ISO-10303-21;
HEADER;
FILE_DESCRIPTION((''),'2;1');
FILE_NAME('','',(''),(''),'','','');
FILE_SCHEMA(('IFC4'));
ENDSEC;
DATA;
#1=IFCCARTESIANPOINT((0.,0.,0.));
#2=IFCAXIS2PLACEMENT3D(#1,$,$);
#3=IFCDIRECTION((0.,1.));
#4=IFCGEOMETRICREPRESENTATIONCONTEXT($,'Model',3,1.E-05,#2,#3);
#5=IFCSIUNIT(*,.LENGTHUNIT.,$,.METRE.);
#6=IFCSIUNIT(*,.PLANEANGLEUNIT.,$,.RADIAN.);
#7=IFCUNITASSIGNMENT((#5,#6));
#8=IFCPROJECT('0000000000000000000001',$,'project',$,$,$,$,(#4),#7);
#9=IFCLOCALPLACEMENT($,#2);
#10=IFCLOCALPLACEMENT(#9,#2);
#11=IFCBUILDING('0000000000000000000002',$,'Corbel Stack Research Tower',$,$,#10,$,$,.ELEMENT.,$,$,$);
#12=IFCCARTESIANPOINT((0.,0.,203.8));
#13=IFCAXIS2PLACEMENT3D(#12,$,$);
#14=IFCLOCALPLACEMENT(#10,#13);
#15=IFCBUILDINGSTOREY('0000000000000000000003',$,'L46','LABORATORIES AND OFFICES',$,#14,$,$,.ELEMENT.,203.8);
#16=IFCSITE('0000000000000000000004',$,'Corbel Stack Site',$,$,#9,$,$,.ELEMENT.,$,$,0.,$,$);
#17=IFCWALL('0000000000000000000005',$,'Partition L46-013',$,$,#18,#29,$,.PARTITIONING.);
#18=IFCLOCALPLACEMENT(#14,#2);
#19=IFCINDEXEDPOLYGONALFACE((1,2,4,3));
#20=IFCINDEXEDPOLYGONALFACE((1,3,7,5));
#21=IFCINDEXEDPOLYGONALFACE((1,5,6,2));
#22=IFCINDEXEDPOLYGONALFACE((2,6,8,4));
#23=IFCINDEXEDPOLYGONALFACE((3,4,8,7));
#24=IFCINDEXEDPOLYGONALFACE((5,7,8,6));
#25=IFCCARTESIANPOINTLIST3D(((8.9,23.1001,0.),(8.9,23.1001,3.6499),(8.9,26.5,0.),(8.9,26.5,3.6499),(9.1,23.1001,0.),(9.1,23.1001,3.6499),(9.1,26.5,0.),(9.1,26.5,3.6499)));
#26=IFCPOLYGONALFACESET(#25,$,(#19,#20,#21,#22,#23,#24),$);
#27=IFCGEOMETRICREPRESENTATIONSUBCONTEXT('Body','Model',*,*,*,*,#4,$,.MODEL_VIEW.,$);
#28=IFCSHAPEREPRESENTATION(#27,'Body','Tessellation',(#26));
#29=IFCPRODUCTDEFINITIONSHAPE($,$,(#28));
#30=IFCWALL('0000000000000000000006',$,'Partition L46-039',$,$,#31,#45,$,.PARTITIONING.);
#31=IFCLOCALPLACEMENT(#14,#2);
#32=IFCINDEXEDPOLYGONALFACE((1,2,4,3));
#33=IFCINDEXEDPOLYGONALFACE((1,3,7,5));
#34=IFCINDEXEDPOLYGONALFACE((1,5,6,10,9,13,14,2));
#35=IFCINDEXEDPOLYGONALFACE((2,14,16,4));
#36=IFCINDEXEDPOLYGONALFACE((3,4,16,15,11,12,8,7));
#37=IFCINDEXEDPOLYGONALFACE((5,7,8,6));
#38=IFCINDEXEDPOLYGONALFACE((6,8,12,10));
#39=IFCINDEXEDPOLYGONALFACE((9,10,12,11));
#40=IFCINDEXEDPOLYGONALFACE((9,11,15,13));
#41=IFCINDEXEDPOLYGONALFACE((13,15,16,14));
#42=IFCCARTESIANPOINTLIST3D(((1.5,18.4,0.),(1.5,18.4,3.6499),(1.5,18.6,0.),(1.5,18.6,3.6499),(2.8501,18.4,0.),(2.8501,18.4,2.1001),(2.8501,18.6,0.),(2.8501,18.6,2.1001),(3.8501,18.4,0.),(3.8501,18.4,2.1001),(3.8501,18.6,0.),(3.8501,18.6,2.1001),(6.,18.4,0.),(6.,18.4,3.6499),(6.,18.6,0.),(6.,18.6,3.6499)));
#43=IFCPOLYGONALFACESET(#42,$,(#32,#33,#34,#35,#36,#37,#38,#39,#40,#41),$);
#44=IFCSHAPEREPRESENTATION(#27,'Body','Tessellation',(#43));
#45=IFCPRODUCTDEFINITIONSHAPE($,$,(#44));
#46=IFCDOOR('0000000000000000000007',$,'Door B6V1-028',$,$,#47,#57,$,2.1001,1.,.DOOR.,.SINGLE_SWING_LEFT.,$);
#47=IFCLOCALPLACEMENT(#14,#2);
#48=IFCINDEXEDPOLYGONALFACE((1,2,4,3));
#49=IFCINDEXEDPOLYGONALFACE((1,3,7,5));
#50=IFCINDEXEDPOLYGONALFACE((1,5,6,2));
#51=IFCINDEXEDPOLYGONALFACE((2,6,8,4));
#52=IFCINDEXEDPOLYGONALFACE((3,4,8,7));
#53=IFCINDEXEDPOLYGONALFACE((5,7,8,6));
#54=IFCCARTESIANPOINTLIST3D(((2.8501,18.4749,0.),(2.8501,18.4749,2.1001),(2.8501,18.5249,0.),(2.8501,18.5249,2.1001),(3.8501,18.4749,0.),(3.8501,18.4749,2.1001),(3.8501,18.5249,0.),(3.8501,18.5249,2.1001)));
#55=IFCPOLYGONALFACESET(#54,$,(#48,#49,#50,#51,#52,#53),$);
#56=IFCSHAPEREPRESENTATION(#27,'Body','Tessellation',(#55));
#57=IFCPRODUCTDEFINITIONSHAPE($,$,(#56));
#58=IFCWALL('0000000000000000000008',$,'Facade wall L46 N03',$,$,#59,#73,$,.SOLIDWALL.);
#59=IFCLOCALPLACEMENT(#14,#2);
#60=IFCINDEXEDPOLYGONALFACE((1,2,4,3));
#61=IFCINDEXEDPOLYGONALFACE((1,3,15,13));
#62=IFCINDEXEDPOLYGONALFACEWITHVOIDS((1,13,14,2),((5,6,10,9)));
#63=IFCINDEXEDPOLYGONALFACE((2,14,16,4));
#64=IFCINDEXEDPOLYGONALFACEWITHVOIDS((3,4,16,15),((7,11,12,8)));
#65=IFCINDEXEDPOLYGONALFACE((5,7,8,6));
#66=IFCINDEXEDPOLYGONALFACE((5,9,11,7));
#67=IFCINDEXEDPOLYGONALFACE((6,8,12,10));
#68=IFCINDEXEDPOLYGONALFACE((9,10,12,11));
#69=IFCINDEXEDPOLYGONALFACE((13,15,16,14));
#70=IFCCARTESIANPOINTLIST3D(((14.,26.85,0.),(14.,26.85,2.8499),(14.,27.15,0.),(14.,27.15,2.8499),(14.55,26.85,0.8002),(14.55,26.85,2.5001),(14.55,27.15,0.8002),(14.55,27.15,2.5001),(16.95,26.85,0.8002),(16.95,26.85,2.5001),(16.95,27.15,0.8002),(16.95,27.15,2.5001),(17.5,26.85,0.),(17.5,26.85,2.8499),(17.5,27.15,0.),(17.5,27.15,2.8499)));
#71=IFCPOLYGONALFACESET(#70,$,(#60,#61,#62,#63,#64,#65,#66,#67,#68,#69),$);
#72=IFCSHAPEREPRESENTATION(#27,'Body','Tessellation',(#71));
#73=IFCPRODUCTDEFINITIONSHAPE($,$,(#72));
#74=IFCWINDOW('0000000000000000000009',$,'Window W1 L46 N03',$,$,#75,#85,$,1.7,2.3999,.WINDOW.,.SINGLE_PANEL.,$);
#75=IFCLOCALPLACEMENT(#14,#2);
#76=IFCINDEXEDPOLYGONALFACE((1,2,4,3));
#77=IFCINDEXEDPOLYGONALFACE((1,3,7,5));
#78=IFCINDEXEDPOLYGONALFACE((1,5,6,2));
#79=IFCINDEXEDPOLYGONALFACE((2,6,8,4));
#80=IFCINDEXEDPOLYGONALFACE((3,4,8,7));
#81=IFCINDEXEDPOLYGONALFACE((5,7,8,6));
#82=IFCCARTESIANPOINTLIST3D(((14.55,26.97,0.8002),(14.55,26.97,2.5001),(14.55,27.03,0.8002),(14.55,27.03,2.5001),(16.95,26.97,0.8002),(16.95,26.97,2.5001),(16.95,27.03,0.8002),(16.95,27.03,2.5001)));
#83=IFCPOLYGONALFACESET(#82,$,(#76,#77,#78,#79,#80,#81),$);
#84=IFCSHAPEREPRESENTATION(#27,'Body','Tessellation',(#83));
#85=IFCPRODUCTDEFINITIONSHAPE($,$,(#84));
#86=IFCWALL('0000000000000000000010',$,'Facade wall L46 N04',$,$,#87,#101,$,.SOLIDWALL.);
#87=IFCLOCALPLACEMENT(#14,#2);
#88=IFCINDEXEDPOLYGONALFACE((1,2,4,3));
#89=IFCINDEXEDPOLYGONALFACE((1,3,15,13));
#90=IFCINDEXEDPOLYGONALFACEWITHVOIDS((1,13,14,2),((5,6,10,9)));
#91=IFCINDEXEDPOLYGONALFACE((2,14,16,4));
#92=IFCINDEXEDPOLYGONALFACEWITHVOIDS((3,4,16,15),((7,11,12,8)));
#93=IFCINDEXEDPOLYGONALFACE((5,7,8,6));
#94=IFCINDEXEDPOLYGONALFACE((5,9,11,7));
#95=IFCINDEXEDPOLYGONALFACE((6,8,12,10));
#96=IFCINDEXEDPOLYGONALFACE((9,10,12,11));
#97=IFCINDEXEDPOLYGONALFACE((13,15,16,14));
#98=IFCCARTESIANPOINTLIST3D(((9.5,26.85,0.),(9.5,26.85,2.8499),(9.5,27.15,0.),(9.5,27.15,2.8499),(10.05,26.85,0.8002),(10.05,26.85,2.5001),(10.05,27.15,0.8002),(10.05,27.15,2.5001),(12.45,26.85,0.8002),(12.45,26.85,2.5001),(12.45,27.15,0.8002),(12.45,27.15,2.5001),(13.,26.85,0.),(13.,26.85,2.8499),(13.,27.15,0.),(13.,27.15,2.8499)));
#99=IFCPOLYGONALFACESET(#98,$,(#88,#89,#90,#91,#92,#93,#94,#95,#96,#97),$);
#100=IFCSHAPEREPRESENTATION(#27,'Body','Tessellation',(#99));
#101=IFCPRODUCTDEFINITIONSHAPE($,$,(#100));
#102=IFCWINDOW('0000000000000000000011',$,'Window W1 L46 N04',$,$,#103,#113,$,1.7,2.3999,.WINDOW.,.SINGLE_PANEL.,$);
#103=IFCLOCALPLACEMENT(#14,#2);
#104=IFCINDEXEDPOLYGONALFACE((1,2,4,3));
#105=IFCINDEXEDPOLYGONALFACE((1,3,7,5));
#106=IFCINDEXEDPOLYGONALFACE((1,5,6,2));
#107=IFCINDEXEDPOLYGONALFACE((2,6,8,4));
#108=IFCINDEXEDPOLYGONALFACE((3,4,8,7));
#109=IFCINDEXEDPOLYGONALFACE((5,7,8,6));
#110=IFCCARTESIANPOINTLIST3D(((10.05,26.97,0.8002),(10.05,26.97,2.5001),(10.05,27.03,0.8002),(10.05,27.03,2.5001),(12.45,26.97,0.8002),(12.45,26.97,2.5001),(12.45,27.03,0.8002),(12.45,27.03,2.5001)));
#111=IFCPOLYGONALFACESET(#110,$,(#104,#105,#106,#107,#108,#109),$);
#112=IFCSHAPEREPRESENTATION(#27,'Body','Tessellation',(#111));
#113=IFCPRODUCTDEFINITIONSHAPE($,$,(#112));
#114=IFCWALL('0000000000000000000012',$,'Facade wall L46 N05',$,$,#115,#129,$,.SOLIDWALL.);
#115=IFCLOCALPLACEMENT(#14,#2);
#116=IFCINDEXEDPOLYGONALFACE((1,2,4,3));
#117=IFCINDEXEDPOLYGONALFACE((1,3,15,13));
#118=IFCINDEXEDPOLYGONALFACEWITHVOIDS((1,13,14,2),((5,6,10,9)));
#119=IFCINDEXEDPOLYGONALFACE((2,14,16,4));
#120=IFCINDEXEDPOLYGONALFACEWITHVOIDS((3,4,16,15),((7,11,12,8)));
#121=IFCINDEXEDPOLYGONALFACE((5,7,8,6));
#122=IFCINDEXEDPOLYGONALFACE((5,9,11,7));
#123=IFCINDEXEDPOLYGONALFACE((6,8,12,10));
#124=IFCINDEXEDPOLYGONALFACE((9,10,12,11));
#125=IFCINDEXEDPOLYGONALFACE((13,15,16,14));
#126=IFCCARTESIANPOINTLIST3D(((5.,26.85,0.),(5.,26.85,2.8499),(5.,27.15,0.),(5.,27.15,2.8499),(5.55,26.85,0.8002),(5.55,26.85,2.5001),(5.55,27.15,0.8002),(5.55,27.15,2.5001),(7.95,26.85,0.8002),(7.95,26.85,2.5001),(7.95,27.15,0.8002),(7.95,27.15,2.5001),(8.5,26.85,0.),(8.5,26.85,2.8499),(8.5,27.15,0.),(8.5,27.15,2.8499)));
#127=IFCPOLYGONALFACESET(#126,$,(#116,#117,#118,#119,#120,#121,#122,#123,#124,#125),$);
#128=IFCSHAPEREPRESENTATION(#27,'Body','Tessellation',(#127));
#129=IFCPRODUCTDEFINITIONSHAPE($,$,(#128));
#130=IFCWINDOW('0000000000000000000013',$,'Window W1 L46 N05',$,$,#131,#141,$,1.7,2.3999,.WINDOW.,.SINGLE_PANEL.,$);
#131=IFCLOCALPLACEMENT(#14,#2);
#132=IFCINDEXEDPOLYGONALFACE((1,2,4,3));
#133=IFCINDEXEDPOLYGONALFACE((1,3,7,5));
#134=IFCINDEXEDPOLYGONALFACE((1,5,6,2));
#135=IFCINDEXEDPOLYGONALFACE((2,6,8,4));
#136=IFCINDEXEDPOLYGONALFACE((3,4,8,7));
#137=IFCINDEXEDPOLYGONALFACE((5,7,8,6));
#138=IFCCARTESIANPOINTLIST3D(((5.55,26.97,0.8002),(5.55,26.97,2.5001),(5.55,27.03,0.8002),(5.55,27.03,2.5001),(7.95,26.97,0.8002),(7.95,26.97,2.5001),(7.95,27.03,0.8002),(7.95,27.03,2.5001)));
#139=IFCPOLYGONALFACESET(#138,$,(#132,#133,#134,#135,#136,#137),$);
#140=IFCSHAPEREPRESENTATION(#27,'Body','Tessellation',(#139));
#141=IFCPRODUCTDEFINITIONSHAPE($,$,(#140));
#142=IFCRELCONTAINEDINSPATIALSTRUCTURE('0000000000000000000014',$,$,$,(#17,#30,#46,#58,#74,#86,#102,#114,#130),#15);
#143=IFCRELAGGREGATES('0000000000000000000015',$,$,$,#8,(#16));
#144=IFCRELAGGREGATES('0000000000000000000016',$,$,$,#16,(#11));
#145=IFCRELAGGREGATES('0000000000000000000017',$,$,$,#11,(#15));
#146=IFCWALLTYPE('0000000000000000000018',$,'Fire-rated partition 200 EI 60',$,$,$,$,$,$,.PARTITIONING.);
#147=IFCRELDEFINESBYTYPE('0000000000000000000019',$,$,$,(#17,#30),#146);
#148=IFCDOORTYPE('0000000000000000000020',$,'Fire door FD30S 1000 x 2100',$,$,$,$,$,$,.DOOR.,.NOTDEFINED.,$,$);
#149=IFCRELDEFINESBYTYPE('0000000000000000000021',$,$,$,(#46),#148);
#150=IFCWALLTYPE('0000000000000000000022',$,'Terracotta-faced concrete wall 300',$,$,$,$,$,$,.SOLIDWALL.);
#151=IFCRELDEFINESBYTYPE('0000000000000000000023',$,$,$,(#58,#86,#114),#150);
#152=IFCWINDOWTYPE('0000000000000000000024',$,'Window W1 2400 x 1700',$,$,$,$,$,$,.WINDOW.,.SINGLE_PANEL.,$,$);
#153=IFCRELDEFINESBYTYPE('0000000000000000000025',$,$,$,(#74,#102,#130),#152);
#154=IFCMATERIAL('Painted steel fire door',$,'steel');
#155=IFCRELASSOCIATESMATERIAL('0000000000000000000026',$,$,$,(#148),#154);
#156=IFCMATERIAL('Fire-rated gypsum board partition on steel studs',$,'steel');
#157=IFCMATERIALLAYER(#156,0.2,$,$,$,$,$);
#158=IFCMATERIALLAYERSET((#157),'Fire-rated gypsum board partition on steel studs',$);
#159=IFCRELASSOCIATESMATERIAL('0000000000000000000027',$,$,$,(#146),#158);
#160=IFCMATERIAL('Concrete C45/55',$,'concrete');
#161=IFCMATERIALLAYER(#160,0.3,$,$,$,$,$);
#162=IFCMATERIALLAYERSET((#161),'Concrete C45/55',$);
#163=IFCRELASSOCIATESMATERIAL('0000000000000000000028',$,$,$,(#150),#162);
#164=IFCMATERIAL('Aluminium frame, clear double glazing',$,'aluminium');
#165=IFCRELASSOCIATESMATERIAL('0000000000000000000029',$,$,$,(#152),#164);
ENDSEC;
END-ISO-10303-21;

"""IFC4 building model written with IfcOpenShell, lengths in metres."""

from ifc_helpers import new_model, si_unit, direction, frame, frame_2d, origin, place, context, subcontext, project, spatial, rectangle, extrude, material, layer, layer_set, type_object, element, fill, save


model = new_model("IFC4")

# Units and contexts
model_context = context("Model", 3, precision=1e-05, world=origin(), true_north=direction((0.0, 1.0)))
body_context = subcontext(model_context, "Body", "Model", "MODEL_VIEW")
ifc_project = project(units=[si_unit("LENGTHUNIT", "METRE"), si_unit("PLANEANGLEUNIT", "RADIAN")], contexts=[model_context])

# Site, building, storey
site_placement = place(None, origin())
site = spatial("IfcSite", under=ifc_project, at=site_placement, Name="Corbel Stack Site", CompositionType="ELEMENT", RefElevation=0.0)
building_placement = place(site_placement, origin())
building = spatial("IfcBuilding", under=site, at=building_placement, Name="Corbel Stack Research Tower", CompositionType="ELEMENT")
storey_placement = place(building_placement, frame((0.0, 0.0, 203.8)))
storey = spatial("IfcBuildingStorey", under=building, at=storey_placement, Name="L46", Description="LABORATORIES AND OFFICES", CompositionType="ELEMENT", Elevation=203.8)

# Shared definitions
ifc_material_1 = material(Name="Painted steel fire door", Category="steel")
door_type = type_object("IfcDoorType", Name="Fire door FD30S 1000 x 2100", OperationType="NOTDEFINED", PredefinedType="DOOR", material=ifc_material_1)
ifc_material_2 = material(Name="Fire-rated gypsum board partition on steel studs", Category="steel")
ifc_layer_1 = layer(ifc_material_2, 0.2)
ifc_layer_set_1 = layer_set([ifc_layer_1], Name="Fire-rated gypsum board partition on steel studs")
wall_type_1 = type_object("IfcWallType", Name="Fire-rated partition 200 EI 60", PredefinedType="PARTITIONING", material=ifc_layer_set_1)

# Wall
for number, where, z_axis, x_axis, name in (
    (1, (9.0, 23.1001, 0.0), (0.0, 0.0, 1.0), (0.0, 1.0, 0.0), "Partition L46-013"),
):
    element("IfcWall", number, at=place(storey_placement, frame(where, z_axis=z_axis, x_axis=x_axis)), inside=storey, type_object=wall_type_1, Name=name, PredefinedType="PARTITIONING", context=body_context, shape_type="SweptSolid", body=[
        extrude(rectangle(XDim=3.3999, YDim=0.2, at=frame_2d((1.7, 0.0))), origin(), (0.0, 0.0, 1.0), 3.6499),
    ])

# Wall, opening, door
wall_1_placement = place(storey_placement, frame((1.5, 18.5, 0.0), z_axis=(0.0, 0.0, 1.0), x_axis=(1.0, 0.0, 0.0)))
wall_1 = element("IfcWall", 2, at=wall_1_placement, inside=storey, type_object=wall_type_1, Name="Partition L46-039", PredefinedType="PARTITIONING", context=body_context, shape_type="SweptSolid", body=[
    extrude(rectangle(XDim=4.5, YDim=0.2, at=frame_2d((2.25, 0.0))), origin(), (0.0, 0.0, 1.0), 3.6499),
])
opening_1_placement = place(wall_1_placement, frame((1.3501, 0.0, 0.0)))
opening_1 = element("IfcOpeningElement", 3, at=opening_1_placement, cuts=wall_1, PredefinedType="OPENING", context=body_context, shape_type="SweptSolid", body=[
    extrude(rectangle(XDim=1.0, YDim=2.1001, at=frame_2d((0.5, 1.05))), frame((0.0, 0.1099, 0.0), z_axis=(0.0, -1.0, 0.0), x_axis=(1.0, 0.0, 0.0)), (0.0, 0.0, 1.0), 0.22),
])
door_1_placement = place(opening_1_placement, origin())
door_1 = element("IfcDoor", 4, at=door_1_placement, inside=storey, type_object=door_type, Name="Door B6V1-028", OperationType="SINGLE_SWING_LEFT", OverallHeight=2.1001, OverallWidth=1.0, PredefinedType="DOOR", context=body_context, shape_type="SweptSolid", body=[
    extrude(rectangle(XDim=1.0, YDim=2.1001, at=frame_2d((0.5, 1.05))), frame((0.0, 0.0249, 0.0), z_axis=(0.0, -1.0, 0.0), x_axis=(1.0, 0.0, 0.0)), (0.0, 0.0, 1.0), 0.05),
])
fill(opening_1, door_1)

# Walls, openings, windows
ifc_material_3 = material(Name="Concrete C45/55", Category="concrete")
ifc_layer_2 = layer(ifc_material_3, 0.3)
ifc_layer_set_2 = layer_set([ifc_layer_2], Name="Concrete C45/55")
wall_type_2 = type_object("IfcWallType", Name="Terracotta-faced concrete wall 300", PredefinedType="SOLIDWALL", material=ifc_layer_set_2)
wall_2_placement = place(storey_placement, frame((14.0, 27.0, 0.0), z_axis=(0.0, 0.0, 1.0), x_axis=(1.0, 0.0, 0.0)))
wall_2 = element("IfcWall", 5, at=wall_2_placement, inside=storey, type_object=wall_type_2, Name="Facade wall L46 N03", PredefinedType="SOLIDWALL", context=body_context, shape_type="SweptSolid", body=[
    extrude(rectangle(XDim=3.5, YDim=0.3, at=frame_2d((1.75, 0.0))), origin(), (0.0, 0.0, 1.0), 2.8499),
])
opening_2_placement = place(wall_2_placement, frame((0.55, 0.0, 0.8)))
opening_2 = element("IfcOpeningElement", 6, at=opening_2_placement, cuts=wall_2, PredefinedType="OPENING", context=body_context, shape_type="SweptSolid", body=[
    extrude(rectangle(XDim=2.3999, YDim=1.7, at=frame_2d((1.2, 0.8501))), frame((0.0, 0.1599, 0.0), z_axis=(0.0, -1.0, 0.0), x_axis=(1.0, 0.0, 0.0)), (0.0, 0.0, 1.0), 0.3201),
])
ifc_material_4 = material(Name="Aluminium frame, clear double glazing", Category="aluminium")
window_type = type_object("IfcWindowType", Name="Window W1 2400 x 1700", PartitioningType="SINGLE_PANEL", PredefinedType="WINDOW", material=ifc_material_4)
window_1_placement = place(opening_2_placement, origin())
window_1 = element("IfcWindow", 7, at=window_1_placement, inside=storey, type_object=window_type, Name="Window W1 L46 N03", OverallHeight=1.7, OverallWidth=2.3999, PartitioningType="SINGLE_PANEL", PredefinedType="WINDOW", context=body_context, shape_type="SweptSolid", body=[
    extrude(rectangle(XDim=2.3999, YDim=1.7, at=frame_2d((1.2, 0.8501))), frame((0.0, 0.03, 0.0), z_axis=(0.0, -1.0, 0.0), x_axis=(1.0, 0.0, 0.0)), (0.0, 0.0, 1.0), 0.0601),
])
fill(opening_2, window_1)
wall_3_placement = place(storey_placement, frame((9.5, 27.0, 0.0), z_axis=(0.0, 0.0, 1.0), x_axis=(1.0, 0.0, 0.0)))
wall_3 = element("IfcWall", 8, at=wall_3_placement, inside=storey, type_object=wall_type_2, Name="Facade wall L46 N04", PredefinedType="SOLIDWALL", context=body_context, shape_type="SweptSolid", body=[
    extrude(rectangle(XDim=3.5, YDim=0.3, at=frame_2d((1.75, 0.0))), origin(), (0.0, 0.0, 1.0), 2.8499),
])
opening_3_placement = place(wall_3_placement, frame((0.55, 0.0, 0.8)))
opening_3 = element("IfcOpeningElement", 9, at=opening_3_placement, cuts=wall_3, PredefinedType="OPENING", context=body_context, shape_type="SweptSolid", body=[
    extrude(rectangle(XDim=2.3999, YDim=1.7, at=frame_2d((1.2, 0.8501))), frame((0.0, 0.1599, 0.0), z_axis=(0.0, -1.0, 0.0), x_axis=(1.0, 0.0, 0.0)), (0.0, 0.0, 1.0), 0.3201),
])
window_2_placement = place(opening_3_placement, origin())
window_2 = element("IfcWindow", 10, at=window_2_placement, inside=storey, type_object=window_type, Name="Window W1 L46 N04", OverallHeight=1.7, OverallWidth=2.3999, PartitioningType="SINGLE_PANEL", PredefinedType="WINDOW", context=body_context, shape_type="SweptSolid", body=[
    extrude(rectangle(XDim=2.3999, YDim=1.7, at=frame_2d((1.2, 0.8501))), frame((0.0, 0.03, 0.0), z_axis=(0.0, -1.0, 0.0), x_axis=(1.0, 0.0, 0.0)), (0.0, 0.0, 1.0), 0.0601),
])
fill(opening_3, window_2)
wall_4_placement = place(storey_placement, frame((5.0, 27.0, 0.0), z_axis=(0.0, 0.0, 1.0), x_axis=(1.0, 0.0, 0.0)))
wall_4 = element("IfcWall", 11, at=wall_4_placement, inside=storey, type_object=wall_type_2, Name="Facade wall L46 N05", PredefinedType="SOLIDWALL", context=body_context, shape_type="SweptSolid", body=[
    extrude(rectangle(XDim=3.5, YDim=0.3, at=frame_2d((1.75, 0.0))), origin(), (0.0, 0.0, 1.0), 2.8499),
])
opening_4_placement = place(wall_4_placement, frame((0.55, 0.0, 0.8)))
opening_4 = element("IfcOpeningElement", 12, at=opening_4_placement, cuts=wall_4, PredefinedType="OPENING", context=body_context, shape_type="SweptSolid", body=[
    extrude(rectangle(XDim=2.3999, YDim=1.7, at=frame_2d((1.2, 0.8501))), frame((0.0, 0.1599, 0.0), z_axis=(0.0, -1.0, 0.0), x_axis=(1.0, 0.0, 0.0)), (0.0, 0.0, 1.0), 0.3201),
])
window_3_placement = place(opening_4_placement, origin())
window_3 = element("IfcWindow", 13, at=window_3_placement, inside=storey, type_object=window_type, Name="Window W1 L46 N05", OverallHeight=1.7, OverallWidth=2.3999, PartitioningType="SINGLE_PANEL", PredefinedType="WINDOW", context=body_context, shape_type="SweptSolid", body=[
    extrude(rectangle(XDim=2.3999, YDim=1.7, at=frame_2d((1.2, 0.8501))), frame((0.0, 0.03, 0.0), z_axis=(0.0, -1.0, 0.0), x_axis=(1.0, 0.0, 0.0)), (0.0, 0.0, 1.0), 0.0601),
])
fill(opening_4, window_3)

save(model, "model.ifc")
